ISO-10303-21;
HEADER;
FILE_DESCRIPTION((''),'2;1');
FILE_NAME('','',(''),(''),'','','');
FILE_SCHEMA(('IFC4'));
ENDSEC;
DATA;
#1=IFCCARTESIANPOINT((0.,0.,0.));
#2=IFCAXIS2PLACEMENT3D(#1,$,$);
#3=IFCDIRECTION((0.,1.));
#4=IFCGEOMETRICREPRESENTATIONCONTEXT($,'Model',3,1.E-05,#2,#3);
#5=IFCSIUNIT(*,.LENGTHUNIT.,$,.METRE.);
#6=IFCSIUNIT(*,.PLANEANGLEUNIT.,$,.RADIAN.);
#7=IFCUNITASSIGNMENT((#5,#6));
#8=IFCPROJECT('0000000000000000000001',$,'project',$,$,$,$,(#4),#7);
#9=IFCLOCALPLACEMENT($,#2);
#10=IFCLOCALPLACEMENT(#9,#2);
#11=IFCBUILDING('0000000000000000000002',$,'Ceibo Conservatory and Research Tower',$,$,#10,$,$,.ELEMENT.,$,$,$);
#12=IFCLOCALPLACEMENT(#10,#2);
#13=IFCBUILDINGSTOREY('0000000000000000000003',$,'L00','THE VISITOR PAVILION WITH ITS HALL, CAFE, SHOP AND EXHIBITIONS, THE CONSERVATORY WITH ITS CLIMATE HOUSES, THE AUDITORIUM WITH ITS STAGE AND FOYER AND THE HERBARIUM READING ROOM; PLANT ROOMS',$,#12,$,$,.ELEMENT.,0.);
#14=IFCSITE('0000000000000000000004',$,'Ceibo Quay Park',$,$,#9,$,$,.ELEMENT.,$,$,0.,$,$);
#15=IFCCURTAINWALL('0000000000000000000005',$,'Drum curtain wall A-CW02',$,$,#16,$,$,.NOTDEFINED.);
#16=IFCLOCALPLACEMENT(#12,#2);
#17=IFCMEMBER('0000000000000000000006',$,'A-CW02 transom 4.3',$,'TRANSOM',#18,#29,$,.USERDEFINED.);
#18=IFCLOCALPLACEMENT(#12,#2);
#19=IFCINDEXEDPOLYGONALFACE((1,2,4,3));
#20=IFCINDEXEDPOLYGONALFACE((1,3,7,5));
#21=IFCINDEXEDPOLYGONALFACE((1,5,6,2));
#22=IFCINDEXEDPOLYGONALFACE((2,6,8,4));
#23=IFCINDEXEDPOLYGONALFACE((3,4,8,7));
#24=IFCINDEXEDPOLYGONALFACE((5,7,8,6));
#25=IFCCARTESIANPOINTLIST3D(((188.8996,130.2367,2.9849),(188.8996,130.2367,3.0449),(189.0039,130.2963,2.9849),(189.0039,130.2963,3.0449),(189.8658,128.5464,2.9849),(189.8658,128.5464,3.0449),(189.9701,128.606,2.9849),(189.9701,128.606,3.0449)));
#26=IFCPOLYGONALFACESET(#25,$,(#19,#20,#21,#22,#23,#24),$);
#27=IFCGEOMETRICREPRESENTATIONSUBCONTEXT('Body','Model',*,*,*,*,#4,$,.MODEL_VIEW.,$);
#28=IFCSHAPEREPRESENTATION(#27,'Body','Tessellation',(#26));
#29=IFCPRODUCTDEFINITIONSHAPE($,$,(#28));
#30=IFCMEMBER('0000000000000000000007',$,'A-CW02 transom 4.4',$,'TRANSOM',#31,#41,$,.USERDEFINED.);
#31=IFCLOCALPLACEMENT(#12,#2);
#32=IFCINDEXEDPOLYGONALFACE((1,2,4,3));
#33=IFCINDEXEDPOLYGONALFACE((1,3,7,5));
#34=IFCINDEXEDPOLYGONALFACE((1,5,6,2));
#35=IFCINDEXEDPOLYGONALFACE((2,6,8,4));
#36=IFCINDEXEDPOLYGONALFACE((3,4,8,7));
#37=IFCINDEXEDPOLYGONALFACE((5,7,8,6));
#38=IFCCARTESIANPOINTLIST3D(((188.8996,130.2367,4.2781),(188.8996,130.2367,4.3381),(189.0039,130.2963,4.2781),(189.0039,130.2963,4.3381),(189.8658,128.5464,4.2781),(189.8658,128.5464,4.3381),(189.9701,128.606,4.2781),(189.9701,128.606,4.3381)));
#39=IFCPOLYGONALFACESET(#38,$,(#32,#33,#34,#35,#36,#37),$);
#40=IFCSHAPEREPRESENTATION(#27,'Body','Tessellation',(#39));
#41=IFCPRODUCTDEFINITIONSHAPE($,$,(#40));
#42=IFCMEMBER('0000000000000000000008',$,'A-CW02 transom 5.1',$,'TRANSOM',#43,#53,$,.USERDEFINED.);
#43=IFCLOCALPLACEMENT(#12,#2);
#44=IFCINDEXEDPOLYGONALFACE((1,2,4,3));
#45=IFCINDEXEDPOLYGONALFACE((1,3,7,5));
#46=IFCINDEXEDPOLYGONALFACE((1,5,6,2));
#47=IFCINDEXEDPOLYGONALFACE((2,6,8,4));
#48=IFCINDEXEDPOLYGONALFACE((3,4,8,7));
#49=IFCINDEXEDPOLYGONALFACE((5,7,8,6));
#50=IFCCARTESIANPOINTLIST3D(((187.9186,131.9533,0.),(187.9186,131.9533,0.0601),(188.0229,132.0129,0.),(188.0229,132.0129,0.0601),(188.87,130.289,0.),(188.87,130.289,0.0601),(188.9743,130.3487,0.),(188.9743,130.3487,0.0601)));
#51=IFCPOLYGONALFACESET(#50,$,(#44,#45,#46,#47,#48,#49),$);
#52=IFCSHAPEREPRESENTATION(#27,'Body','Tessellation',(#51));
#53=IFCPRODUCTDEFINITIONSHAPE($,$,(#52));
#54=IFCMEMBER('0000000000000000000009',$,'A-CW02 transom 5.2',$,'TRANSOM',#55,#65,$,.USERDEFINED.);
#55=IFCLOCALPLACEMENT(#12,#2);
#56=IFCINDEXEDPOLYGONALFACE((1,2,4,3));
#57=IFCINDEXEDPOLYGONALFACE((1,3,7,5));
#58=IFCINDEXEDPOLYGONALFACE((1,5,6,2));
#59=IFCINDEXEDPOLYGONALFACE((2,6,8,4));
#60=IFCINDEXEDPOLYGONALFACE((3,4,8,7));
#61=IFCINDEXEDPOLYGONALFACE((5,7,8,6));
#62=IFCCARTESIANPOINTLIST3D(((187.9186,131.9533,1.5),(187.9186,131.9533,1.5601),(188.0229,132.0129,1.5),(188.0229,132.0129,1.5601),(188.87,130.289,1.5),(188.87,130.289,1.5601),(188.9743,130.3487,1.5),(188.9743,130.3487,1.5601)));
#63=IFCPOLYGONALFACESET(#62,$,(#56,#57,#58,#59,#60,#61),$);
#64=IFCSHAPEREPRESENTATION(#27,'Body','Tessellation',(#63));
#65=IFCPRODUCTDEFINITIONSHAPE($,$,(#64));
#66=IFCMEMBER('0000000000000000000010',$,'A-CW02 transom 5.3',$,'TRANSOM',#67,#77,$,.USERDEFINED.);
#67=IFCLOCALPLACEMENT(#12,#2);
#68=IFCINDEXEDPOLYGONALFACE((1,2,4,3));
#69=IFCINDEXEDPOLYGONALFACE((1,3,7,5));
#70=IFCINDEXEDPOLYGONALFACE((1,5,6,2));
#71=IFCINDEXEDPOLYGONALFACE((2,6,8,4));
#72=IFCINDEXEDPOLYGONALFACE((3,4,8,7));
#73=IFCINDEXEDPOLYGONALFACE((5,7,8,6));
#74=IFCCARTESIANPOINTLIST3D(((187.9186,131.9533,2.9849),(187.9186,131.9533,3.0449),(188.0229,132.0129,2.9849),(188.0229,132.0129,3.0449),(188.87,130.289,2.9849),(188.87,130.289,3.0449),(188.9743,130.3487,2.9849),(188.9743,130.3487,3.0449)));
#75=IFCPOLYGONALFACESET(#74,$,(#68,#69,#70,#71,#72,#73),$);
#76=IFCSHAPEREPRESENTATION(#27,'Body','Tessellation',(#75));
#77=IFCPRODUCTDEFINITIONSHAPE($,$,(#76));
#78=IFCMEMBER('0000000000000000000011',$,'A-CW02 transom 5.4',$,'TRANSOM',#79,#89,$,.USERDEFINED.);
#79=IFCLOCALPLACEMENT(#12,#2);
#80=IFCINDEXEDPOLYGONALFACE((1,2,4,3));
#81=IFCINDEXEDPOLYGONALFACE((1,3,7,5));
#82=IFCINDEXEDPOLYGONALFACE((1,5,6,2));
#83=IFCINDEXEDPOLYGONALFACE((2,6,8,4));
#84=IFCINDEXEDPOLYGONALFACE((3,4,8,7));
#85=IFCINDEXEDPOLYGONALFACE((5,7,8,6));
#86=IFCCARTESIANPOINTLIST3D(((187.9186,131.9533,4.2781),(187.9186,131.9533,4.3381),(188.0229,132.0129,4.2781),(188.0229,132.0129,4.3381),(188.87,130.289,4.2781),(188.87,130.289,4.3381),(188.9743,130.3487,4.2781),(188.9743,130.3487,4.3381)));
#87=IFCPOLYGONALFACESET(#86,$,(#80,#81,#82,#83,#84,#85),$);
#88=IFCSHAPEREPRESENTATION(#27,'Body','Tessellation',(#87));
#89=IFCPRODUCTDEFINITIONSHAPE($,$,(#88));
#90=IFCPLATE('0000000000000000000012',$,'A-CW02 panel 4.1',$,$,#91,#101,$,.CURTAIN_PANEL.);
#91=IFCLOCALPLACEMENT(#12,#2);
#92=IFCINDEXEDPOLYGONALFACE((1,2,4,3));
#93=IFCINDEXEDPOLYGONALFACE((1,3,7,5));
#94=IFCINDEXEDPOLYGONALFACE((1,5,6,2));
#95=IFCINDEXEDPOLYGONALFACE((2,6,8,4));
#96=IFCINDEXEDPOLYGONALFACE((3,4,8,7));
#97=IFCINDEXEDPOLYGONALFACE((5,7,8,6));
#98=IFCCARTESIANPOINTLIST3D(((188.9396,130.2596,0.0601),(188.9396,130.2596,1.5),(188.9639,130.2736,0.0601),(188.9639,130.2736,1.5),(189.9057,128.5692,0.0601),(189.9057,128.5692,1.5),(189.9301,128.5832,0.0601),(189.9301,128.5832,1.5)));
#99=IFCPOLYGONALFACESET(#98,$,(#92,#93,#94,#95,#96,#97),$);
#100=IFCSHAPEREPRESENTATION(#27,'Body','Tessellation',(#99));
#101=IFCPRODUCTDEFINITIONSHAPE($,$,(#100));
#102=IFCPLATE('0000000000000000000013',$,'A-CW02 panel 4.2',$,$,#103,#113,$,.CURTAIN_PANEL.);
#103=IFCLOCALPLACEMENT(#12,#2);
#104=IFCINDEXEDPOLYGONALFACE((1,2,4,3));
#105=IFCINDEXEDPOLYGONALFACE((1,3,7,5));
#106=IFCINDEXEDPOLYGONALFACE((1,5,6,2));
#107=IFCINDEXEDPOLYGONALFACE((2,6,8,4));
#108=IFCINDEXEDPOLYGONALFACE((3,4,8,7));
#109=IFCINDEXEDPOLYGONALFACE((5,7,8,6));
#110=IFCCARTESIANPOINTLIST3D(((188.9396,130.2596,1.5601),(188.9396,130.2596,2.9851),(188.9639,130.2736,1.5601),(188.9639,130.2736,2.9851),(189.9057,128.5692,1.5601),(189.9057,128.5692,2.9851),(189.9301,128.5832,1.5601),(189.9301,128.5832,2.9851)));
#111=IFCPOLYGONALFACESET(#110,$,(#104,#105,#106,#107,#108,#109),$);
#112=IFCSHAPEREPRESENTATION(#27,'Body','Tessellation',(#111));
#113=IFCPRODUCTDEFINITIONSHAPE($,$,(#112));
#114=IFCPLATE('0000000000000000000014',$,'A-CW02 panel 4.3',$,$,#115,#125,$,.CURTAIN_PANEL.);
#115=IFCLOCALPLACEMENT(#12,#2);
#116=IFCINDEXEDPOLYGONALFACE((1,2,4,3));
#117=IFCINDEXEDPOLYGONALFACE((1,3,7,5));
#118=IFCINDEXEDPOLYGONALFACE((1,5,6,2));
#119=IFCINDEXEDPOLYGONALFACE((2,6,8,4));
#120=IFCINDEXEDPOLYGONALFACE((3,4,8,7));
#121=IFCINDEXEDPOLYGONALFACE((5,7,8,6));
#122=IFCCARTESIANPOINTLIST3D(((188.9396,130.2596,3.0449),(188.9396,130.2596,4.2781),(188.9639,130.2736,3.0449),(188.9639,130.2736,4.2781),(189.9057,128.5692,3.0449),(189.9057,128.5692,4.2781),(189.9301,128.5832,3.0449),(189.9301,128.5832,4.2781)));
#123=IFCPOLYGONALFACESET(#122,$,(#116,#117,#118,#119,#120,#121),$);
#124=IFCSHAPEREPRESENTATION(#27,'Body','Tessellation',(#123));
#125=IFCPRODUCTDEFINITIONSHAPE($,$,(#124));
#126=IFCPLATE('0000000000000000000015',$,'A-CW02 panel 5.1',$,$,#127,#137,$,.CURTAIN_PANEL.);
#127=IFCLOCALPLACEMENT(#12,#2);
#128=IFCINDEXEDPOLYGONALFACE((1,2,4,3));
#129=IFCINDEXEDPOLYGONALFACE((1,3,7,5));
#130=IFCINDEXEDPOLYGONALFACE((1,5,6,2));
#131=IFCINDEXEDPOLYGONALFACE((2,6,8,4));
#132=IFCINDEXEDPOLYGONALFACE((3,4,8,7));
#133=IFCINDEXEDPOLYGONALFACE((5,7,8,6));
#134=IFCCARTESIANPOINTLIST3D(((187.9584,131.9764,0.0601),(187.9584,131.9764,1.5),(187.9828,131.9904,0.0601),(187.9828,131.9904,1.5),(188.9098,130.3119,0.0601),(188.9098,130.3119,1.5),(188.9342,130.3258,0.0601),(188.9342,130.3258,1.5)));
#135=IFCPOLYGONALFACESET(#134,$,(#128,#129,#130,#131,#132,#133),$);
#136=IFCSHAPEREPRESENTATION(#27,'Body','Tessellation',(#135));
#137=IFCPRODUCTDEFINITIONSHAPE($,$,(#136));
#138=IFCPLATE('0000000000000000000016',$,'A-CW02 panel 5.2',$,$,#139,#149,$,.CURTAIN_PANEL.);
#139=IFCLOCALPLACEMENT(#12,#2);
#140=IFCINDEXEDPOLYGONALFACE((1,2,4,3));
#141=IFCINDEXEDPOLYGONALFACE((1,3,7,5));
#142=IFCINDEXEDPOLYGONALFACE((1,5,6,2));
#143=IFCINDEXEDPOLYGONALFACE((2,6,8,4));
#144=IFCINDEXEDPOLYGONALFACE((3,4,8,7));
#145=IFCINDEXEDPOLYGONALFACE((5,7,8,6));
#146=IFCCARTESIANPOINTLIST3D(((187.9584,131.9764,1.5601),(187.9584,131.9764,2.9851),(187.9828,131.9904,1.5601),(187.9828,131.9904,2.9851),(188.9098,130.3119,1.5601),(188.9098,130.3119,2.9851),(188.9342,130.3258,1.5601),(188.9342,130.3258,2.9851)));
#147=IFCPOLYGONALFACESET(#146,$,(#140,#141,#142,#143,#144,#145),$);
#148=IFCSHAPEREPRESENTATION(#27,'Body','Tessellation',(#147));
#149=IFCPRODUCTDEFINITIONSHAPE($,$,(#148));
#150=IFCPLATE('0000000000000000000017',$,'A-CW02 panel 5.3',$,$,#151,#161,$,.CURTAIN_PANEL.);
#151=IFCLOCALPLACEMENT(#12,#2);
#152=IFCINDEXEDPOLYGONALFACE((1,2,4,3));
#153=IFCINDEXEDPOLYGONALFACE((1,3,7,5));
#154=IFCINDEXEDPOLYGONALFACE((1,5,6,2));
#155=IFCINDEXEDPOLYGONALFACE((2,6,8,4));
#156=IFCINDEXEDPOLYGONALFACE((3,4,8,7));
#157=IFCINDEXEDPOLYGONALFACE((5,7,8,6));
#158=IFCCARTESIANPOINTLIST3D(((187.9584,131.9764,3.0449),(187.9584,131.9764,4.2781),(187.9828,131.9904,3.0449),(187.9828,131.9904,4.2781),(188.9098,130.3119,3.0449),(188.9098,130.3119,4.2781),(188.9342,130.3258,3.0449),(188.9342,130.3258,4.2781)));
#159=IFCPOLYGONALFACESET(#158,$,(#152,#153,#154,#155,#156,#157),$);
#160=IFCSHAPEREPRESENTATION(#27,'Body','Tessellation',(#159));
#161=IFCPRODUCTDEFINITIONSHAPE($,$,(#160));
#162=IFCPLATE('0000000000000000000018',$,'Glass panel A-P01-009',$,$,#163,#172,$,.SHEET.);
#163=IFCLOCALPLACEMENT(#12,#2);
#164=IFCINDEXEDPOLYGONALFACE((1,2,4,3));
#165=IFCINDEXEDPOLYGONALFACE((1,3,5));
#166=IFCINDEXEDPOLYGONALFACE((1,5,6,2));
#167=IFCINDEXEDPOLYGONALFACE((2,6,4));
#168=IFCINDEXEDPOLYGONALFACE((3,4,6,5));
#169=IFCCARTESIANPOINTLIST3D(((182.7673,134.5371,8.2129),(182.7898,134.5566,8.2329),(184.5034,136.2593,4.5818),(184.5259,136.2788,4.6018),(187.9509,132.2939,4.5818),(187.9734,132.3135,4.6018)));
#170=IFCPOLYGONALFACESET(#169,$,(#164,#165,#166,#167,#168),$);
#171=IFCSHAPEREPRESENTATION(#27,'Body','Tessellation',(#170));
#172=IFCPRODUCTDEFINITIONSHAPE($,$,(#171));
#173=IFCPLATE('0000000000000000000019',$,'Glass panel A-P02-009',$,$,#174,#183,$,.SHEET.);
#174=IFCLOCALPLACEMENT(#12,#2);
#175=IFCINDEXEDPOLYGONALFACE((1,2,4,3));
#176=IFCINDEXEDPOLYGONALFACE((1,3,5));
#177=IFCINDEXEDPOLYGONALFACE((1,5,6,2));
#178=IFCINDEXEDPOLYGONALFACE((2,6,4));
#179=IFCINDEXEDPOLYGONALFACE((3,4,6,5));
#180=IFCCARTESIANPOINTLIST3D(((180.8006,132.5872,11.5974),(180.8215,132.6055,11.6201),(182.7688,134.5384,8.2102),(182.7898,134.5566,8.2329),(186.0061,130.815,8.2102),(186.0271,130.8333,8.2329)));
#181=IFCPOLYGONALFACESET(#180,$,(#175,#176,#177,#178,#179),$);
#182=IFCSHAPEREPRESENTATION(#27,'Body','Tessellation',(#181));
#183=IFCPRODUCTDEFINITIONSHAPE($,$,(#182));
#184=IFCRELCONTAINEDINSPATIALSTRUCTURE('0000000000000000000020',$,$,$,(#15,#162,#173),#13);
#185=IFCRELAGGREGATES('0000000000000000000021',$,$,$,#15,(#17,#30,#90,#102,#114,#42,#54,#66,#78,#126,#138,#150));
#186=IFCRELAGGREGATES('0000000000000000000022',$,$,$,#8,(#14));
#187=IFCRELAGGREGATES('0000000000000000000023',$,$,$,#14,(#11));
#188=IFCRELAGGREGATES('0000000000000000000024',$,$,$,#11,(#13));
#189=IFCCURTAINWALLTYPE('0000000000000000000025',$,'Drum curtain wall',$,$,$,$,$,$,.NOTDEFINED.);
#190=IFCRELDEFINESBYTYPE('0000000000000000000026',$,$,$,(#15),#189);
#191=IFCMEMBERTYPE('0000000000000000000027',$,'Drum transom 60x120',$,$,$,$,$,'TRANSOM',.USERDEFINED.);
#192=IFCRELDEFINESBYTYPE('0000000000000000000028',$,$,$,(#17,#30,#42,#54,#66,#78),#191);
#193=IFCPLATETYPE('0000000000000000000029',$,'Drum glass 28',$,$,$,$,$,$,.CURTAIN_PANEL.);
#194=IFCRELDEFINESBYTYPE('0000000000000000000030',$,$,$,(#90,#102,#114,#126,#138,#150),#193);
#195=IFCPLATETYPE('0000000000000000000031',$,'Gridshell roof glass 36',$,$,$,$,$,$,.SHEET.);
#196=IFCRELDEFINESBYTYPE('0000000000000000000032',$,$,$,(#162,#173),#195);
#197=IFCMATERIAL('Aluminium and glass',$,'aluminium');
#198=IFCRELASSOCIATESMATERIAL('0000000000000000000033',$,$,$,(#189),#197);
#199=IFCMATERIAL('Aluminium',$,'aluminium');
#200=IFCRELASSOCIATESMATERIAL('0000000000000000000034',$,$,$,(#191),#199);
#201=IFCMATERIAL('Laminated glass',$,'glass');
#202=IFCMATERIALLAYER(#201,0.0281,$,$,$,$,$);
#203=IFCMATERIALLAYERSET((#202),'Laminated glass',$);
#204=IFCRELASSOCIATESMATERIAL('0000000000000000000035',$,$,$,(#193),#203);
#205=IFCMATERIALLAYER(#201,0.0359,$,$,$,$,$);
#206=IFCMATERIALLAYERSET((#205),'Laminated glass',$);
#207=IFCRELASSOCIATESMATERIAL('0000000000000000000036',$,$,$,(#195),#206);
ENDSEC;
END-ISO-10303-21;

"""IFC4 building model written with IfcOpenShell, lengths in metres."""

from ifc_helpers import new_model, si_unit, direction, frame, origin, origin_2d, place, context, subcontext, project, spatial, polyline, rectangle, outline, extrude, material, layer, layer_set, material_profile, profile_set, type_object, element, aggregate, save


model = new_model("IFC4")

# Units and contexts
model_context = context("Model", 3, precision=1e-05, world=origin(), true_north=direction((0.0, 1.0)))
body_context = subcontext(model_context, "Body", "Model", "MODEL_VIEW")
ifc_project = project(units=[si_unit("LENGTHUNIT", "METRE"), si_unit("PLANEANGLEUNIT", "RADIAN")], contexts=[model_context])

# Site, building, storey
site_placement = place(None, origin())
site = spatial("IfcSite", under=ifc_project, at=site_placement, Name="Ceibo Quay Park", CompositionType="ELEMENT", RefElevation=0.0)
building_placement = place(site_placement, origin())
building = spatial("IfcBuilding", under=site, at=building_placement, Name="Ceibo Conservatory and Research Tower", CompositionType="ELEMENT")
storey_placement = place(building_placement, origin())
storey = spatial("IfcBuildingStorey", under=building, at=storey_placement, Name="L00", Description="THE VISITOR PAVILION WITH ITS HALL, CAFE, SHOP AND EXHIBITIONS, THE CONSERVATORY WITH ITS CLIMATE HOUSES, THE AUDITORIUM WITH ITS STAGE AND FOYER AND THE HERBARIUM READING ROOM; PLANT ROOMS", CompositionType="ELEMENT", Elevation=0.0)

# Curtain wall, members, plates
ifc_material_1 = material(Name="Aluminium and glass", Category="aluminium")
curtain_wall_type = type_object("IfcCurtainWallType", Name="Drum curtain wall", PredefinedType="NOTDEFINED", material=ifc_material_1)
curtain_wall_placement = place(storey_placement, origin())
curtain_wall = element("IfcCurtainWall", 1, at=curtain_wall_placement, inside=storey, type_object=curtain_wall_type, Name="Drum curtain wall A-CW02", PredefinedType="NOTDEFINED")
ifc_material_2 = material(Name="Aluminium", Category="aluminium")
ifc_material_profile_1 = material_profile(ifc_material_2, rectangle(XDim=0.1201, YDim=0.0601, at=origin_2d()), Name="AL 60x120")
ifc_profile_set_1 = profile_set([ifc_material_profile_1], Name="Aluminium")
member_type_1 = type_object("IfcMemberType", Name="Drum transom 60x120", ElementType="TRANSOM", PredefinedType="USERDEFINED", material=ifc_profile_set_1)
member_1_placement = place(storey_placement, frame((189.918, 128.5762, 3.0149), z_axis=(-0.496274, 0.868166, 0.0), x_axis=(-0.868166, -0.496274, 0.0)))
member_1 = element("IfcMember", 2, at=member_1_placement, type_object=member_type_1, Name="A-CW02 transom 4.3", ObjectType="TRANSOM", PredefinedType="USERDEFINED", context=body_context, shape_type="SweptSolid", body=[
    extrude(rectangle(XDim=0.1201, YDim=0.0601, at=origin_2d()), origin(), (0.0, 0.0, 1.0), 1.947),
])
member_2_placement = place(storey_placement, frame((189.918, 128.5762, 4.3081), z_axis=(-0.496274, 0.868166, 0.0), x_axis=(-0.868166, -0.496274, 0.0)))
member_2 = element("IfcMember", 3, at=member_2_placement, type_object=member_type_1, Name="A-CW02 transom 4.4", ObjectType="TRANSOM", PredefinedType="USERDEFINED", context=body_context, shape_type="SweptSolid", body=[
    extrude(rectangle(XDim=0.1201, YDim=0.0601, at=origin_2d()), origin(), (0.0, 0.0, 1.0), 1.947),
])
member_3_placement = place(storey_placement, frame((188.9221, 130.3188, 0.03), z_axis=(-0.49629, 0.868157, 0.0), x_axis=(-0.868157, -0.49629, 0.0)))
member_3 = element("IfcMember", 4, at=member_3_placement, type_object=member_type_1, Name="A-CW02 transom 5.1", ObjectType="TRANSOM", PredefinedType="USERDEFINED", context=body_context, shape_type="SweptSolid", body=[
    extrude(rectangle(XDim=0.1201, YDim=0.0601, at=origin_2d()), origin(), (0.0, 0.0, 1.0), 1.917),
])
member_4_placement = place(storey_placement, frame((188.9221, 130.3188, 1.53), z_axis=(-0.49629, 0.868157, 0.0), x_axis=(-0.868157, -0.49629, 0.0)))
member_4 = element("IfcMember", 5, at=member_4_placement, type_object=member_type_1, Name="A-CW02 transom 5.2", ObjectType="TRANSOM", PredefinedType="USERDEFINED", context=body_context, shape_type="SweptSolid", body=[
    extrude(rectangle(XDim=0.1201, YDim=0.0601, at=origin_2d()), origin(), (0.0, 0.0, 1.0), 1.917),
])
member_5_placement = place(storey_placement, frame((188.9221, 130.3188, 3.0149), z_axis=(-0.49629, 0.868157, 0.0), x_axis=(-0.868157, -0.49629, 0.0)))
member_5 = element("IfcMember", 6, at=member_5_placement, type_object=member_type_1, Name="A-CW02 transom 5.3", ObjectType="TRANSOM", PredefinedType="USERDEFINED", context=body_context, shape_type="SweptSolid", body=[
    extrude(rectangle(XDim=0.1201, YDim=0.0601, at=origin_2d()), origin(), (0.0, 0.0, 1.0), 1.917),
])
member_6_placement = place(storey_placement, frame((188.9221, 130.3188, 4.3081), z_axis=(-0.49629, 0.868157, 0.0), x_axis=(-0.868157, -0.49629, 0.0)))
member_6 = element("IfcMember", 7, at=member_6_placement, type_object=member_type_1, Name="A-CW02 transom 5.4", ObjectType="TRANSOM", PredefinedType="USERDEFINED", context=body_context, shape_type="SweptSolid", body=[
    extrude(rectangle(XDim=0.1201, YDim=0.0601, at=origin_2d()), origin(), (0.0, 0.0, 1.0), 1.917),
])
ifc_material_3 = material(Name="Laminated glass", Category="glass")
ifc_layer_1 = layer(ifc_material_3, 0.0281)
ifc_layer_set_1 = layer_set([ifc_layer_1], Name="Laminated glass")
plate_type_1 = type_object("IfcPlateType", Name="Drum glass 28", PredefinedType="CURTAIN_PANEL", material=ifc_layer_set_1)
plate_1_placement = place(storey_placement, frame((189.4348, 129.4214, 0.0601), z_axis=(0.0, 0.0, 1.0), x_axis=(-0.496216, 0.868199, 0.0)))
plate_1 = element("IfcPlate", 8, at=plate_1_placement, type_object=plate_type_1, Name="A-CW02 panel 4.1", PredefinedType="CURTAIN_PANEL", context=body_context, shape_type="SweptSolid", body=[
    extrude(rectangle(XDim=1.947, YDim=0.0281, at=origin_2d()), origin(), (0.0, 0.0, 1.0), 1.4399),
])
plate_2_placement = place(storey_placement, frame((189.4348, 129.4214, 1.5601), z_axis=(0.0, 0.0, 1.0), x_axis=(-0.496216, 0.868199, 0.0)))
plate_2 = element("IfcPlate", 9, at=plate_2_placement, type_object=plate_type_1, Name="A-CW02 panel 4.2", PredefinedType="CURTAIN_PANEL", context=body_context, shape_type="SweptSolid", body=[
    extrude(rectangle(XDim=1.947, YDim=0.0281, at=origin_2d()), origin(), (0.0, 0.0, 1.0), 1.425),
])
plate_3_placement = place(storey_placement, frame((189.4348, 129.4214, 3.0449), z_axis=(0.0, 0.0, 1.0), x_axis=(-0.496216, 0.868199, 0.0)))
plate_3 = element("IfcPlate", 10, at=plate_3_placement, type_object=plate_type_1, Name="A-CW02 panel 4.3", PredefinedType="CURTAIN_PANEL", context=body_context, shape_type="SweptSolid", body=[
    extrude(rectangle(XDim=1.947, YDim=0.0281, at=origin_2d()), origin(), (0.0, 0.0, 1.0), 1.2332),
])
plate_4_placement = place(storey_placement, frame((188.4463, 131.1511, 0.0601), z_axis=(0.0, 0.0, 1.0), x_axis=(-0.496216, 0.868199, 0.0)))
plate_4 = element("IfcPlate", 11, at=plate_4_placement, type_object=plate_type_1, Name="A-CW02 panel 5.1", PredefinedType="CURTAIN_PANEL", context=body_context, shape_type="SweptSolid", body=[
    extrude(rectangle(XDim=1.9172, YDim=0.0281, at=origin_2d()), origin(), (0.0, 0.0, 1.0), 1.4399),
])
plate_5_placement = place(storey_placement, frame((188.4463, 131.1511, 1.5601), z_axis=(0.0, 0.0, 1.0), x_axis=(-0.496216, 0.868199, 0.0)))
plate_5 = element("IfcPlate", 12, at=plate_5_placement, type_object=plate_type_1, Name="A-CW02 panel 5.2", PredefinedType="CURTAIN_PANEL", context=body_context, shape_type="SweptSolid", body=[
    extrude(rectangle(XDim=1.9172, YDim=0.0281, at=origin_2d()), origin(), (0.0, 0.0, 1.0), 1.425),
])
plate_6_placement = place(storey_placement, frame((188.4463, 131.1511, 3.0449), z_axis=(0.0, 0.0, 1.0), x_axis=(-0.496216, 0.868199, 0.0)))
plate_6 = element("IfcPlate", 13, at=plate_6_placement, type_object=plate_type_1, Name="A-CW02 panel 5.3", PredefinedType="CURTAIN_PANEL", context=body_context, shape_type="SweptSolid", body=[
    extrude(rectangle(XDim=1.9172, YDim=0.0281, at=origin_2d()), origin(), (0.0, 0.0, 1.0), 1.2332),
])
aggregate(curtain_wall, [member_1, member_2, plate_1, plate_2, plate_3, member_3, member_4, member_5, member_6, plate_4, plate_5, plate_6])

# Plates
ifc_layer_2 = layer(ifc_material_3, 0.0359)
ifc_layer_set_2 = layer_set([ifc_layer_2], Name="Laminated glass")
plate_type_2 = type_object("IfcPlateType", Name="Gridshell roof glass 36", PredefinedType="SHEET", material=ifc_layer_set_2)
plate_7_placement = place(storey_placement, frame((187.9734, 132.3135, 4.6018), z_axis=(0.626372, 0.544575, 0.55776), x_axis=(-0.656113, 0.754663, 0.0)))
element("IfcPlate", 14, at=plate_7_placement, inside=storey, type_object=plate_type_2, Name="Glass panel A-P01-009", PredefinedType="SHEET", context=body_context, shape_type="SweptSolid", body=[
    extrude(outline(polyline([(0.0, 0.0), (5.2544, 0.0), (5.0939, 4.3748), (0.0, 0.0)])), origin(), (0.0, 0.0, -1.0), 0.0359),
])
plate_8_placement = place(storey_placement, frame((186.0271, 130.8333, 8.2329), z_axis=(0.584554, 0.508241, 0.632445), x_axis=(-0.65613, 0.754648, 0.0)))
element("IfcPlate", 15, at=plate_8_placement, inside=storey, type_object=plate_type_2, Name="Glass panel A-P02-009", PredefinedType="SHEET", context=body_context, shape_type="SweptSolid", body=[
    extrude(outline(polyline([(0.0, 0.0), (4.9339, 0.0), (4.7529, 4.3728), (0.0, 0.0)])), origin(), (0.0, 0.0, -1.0), 0.0359),
])

save(model, "model.ifc")
